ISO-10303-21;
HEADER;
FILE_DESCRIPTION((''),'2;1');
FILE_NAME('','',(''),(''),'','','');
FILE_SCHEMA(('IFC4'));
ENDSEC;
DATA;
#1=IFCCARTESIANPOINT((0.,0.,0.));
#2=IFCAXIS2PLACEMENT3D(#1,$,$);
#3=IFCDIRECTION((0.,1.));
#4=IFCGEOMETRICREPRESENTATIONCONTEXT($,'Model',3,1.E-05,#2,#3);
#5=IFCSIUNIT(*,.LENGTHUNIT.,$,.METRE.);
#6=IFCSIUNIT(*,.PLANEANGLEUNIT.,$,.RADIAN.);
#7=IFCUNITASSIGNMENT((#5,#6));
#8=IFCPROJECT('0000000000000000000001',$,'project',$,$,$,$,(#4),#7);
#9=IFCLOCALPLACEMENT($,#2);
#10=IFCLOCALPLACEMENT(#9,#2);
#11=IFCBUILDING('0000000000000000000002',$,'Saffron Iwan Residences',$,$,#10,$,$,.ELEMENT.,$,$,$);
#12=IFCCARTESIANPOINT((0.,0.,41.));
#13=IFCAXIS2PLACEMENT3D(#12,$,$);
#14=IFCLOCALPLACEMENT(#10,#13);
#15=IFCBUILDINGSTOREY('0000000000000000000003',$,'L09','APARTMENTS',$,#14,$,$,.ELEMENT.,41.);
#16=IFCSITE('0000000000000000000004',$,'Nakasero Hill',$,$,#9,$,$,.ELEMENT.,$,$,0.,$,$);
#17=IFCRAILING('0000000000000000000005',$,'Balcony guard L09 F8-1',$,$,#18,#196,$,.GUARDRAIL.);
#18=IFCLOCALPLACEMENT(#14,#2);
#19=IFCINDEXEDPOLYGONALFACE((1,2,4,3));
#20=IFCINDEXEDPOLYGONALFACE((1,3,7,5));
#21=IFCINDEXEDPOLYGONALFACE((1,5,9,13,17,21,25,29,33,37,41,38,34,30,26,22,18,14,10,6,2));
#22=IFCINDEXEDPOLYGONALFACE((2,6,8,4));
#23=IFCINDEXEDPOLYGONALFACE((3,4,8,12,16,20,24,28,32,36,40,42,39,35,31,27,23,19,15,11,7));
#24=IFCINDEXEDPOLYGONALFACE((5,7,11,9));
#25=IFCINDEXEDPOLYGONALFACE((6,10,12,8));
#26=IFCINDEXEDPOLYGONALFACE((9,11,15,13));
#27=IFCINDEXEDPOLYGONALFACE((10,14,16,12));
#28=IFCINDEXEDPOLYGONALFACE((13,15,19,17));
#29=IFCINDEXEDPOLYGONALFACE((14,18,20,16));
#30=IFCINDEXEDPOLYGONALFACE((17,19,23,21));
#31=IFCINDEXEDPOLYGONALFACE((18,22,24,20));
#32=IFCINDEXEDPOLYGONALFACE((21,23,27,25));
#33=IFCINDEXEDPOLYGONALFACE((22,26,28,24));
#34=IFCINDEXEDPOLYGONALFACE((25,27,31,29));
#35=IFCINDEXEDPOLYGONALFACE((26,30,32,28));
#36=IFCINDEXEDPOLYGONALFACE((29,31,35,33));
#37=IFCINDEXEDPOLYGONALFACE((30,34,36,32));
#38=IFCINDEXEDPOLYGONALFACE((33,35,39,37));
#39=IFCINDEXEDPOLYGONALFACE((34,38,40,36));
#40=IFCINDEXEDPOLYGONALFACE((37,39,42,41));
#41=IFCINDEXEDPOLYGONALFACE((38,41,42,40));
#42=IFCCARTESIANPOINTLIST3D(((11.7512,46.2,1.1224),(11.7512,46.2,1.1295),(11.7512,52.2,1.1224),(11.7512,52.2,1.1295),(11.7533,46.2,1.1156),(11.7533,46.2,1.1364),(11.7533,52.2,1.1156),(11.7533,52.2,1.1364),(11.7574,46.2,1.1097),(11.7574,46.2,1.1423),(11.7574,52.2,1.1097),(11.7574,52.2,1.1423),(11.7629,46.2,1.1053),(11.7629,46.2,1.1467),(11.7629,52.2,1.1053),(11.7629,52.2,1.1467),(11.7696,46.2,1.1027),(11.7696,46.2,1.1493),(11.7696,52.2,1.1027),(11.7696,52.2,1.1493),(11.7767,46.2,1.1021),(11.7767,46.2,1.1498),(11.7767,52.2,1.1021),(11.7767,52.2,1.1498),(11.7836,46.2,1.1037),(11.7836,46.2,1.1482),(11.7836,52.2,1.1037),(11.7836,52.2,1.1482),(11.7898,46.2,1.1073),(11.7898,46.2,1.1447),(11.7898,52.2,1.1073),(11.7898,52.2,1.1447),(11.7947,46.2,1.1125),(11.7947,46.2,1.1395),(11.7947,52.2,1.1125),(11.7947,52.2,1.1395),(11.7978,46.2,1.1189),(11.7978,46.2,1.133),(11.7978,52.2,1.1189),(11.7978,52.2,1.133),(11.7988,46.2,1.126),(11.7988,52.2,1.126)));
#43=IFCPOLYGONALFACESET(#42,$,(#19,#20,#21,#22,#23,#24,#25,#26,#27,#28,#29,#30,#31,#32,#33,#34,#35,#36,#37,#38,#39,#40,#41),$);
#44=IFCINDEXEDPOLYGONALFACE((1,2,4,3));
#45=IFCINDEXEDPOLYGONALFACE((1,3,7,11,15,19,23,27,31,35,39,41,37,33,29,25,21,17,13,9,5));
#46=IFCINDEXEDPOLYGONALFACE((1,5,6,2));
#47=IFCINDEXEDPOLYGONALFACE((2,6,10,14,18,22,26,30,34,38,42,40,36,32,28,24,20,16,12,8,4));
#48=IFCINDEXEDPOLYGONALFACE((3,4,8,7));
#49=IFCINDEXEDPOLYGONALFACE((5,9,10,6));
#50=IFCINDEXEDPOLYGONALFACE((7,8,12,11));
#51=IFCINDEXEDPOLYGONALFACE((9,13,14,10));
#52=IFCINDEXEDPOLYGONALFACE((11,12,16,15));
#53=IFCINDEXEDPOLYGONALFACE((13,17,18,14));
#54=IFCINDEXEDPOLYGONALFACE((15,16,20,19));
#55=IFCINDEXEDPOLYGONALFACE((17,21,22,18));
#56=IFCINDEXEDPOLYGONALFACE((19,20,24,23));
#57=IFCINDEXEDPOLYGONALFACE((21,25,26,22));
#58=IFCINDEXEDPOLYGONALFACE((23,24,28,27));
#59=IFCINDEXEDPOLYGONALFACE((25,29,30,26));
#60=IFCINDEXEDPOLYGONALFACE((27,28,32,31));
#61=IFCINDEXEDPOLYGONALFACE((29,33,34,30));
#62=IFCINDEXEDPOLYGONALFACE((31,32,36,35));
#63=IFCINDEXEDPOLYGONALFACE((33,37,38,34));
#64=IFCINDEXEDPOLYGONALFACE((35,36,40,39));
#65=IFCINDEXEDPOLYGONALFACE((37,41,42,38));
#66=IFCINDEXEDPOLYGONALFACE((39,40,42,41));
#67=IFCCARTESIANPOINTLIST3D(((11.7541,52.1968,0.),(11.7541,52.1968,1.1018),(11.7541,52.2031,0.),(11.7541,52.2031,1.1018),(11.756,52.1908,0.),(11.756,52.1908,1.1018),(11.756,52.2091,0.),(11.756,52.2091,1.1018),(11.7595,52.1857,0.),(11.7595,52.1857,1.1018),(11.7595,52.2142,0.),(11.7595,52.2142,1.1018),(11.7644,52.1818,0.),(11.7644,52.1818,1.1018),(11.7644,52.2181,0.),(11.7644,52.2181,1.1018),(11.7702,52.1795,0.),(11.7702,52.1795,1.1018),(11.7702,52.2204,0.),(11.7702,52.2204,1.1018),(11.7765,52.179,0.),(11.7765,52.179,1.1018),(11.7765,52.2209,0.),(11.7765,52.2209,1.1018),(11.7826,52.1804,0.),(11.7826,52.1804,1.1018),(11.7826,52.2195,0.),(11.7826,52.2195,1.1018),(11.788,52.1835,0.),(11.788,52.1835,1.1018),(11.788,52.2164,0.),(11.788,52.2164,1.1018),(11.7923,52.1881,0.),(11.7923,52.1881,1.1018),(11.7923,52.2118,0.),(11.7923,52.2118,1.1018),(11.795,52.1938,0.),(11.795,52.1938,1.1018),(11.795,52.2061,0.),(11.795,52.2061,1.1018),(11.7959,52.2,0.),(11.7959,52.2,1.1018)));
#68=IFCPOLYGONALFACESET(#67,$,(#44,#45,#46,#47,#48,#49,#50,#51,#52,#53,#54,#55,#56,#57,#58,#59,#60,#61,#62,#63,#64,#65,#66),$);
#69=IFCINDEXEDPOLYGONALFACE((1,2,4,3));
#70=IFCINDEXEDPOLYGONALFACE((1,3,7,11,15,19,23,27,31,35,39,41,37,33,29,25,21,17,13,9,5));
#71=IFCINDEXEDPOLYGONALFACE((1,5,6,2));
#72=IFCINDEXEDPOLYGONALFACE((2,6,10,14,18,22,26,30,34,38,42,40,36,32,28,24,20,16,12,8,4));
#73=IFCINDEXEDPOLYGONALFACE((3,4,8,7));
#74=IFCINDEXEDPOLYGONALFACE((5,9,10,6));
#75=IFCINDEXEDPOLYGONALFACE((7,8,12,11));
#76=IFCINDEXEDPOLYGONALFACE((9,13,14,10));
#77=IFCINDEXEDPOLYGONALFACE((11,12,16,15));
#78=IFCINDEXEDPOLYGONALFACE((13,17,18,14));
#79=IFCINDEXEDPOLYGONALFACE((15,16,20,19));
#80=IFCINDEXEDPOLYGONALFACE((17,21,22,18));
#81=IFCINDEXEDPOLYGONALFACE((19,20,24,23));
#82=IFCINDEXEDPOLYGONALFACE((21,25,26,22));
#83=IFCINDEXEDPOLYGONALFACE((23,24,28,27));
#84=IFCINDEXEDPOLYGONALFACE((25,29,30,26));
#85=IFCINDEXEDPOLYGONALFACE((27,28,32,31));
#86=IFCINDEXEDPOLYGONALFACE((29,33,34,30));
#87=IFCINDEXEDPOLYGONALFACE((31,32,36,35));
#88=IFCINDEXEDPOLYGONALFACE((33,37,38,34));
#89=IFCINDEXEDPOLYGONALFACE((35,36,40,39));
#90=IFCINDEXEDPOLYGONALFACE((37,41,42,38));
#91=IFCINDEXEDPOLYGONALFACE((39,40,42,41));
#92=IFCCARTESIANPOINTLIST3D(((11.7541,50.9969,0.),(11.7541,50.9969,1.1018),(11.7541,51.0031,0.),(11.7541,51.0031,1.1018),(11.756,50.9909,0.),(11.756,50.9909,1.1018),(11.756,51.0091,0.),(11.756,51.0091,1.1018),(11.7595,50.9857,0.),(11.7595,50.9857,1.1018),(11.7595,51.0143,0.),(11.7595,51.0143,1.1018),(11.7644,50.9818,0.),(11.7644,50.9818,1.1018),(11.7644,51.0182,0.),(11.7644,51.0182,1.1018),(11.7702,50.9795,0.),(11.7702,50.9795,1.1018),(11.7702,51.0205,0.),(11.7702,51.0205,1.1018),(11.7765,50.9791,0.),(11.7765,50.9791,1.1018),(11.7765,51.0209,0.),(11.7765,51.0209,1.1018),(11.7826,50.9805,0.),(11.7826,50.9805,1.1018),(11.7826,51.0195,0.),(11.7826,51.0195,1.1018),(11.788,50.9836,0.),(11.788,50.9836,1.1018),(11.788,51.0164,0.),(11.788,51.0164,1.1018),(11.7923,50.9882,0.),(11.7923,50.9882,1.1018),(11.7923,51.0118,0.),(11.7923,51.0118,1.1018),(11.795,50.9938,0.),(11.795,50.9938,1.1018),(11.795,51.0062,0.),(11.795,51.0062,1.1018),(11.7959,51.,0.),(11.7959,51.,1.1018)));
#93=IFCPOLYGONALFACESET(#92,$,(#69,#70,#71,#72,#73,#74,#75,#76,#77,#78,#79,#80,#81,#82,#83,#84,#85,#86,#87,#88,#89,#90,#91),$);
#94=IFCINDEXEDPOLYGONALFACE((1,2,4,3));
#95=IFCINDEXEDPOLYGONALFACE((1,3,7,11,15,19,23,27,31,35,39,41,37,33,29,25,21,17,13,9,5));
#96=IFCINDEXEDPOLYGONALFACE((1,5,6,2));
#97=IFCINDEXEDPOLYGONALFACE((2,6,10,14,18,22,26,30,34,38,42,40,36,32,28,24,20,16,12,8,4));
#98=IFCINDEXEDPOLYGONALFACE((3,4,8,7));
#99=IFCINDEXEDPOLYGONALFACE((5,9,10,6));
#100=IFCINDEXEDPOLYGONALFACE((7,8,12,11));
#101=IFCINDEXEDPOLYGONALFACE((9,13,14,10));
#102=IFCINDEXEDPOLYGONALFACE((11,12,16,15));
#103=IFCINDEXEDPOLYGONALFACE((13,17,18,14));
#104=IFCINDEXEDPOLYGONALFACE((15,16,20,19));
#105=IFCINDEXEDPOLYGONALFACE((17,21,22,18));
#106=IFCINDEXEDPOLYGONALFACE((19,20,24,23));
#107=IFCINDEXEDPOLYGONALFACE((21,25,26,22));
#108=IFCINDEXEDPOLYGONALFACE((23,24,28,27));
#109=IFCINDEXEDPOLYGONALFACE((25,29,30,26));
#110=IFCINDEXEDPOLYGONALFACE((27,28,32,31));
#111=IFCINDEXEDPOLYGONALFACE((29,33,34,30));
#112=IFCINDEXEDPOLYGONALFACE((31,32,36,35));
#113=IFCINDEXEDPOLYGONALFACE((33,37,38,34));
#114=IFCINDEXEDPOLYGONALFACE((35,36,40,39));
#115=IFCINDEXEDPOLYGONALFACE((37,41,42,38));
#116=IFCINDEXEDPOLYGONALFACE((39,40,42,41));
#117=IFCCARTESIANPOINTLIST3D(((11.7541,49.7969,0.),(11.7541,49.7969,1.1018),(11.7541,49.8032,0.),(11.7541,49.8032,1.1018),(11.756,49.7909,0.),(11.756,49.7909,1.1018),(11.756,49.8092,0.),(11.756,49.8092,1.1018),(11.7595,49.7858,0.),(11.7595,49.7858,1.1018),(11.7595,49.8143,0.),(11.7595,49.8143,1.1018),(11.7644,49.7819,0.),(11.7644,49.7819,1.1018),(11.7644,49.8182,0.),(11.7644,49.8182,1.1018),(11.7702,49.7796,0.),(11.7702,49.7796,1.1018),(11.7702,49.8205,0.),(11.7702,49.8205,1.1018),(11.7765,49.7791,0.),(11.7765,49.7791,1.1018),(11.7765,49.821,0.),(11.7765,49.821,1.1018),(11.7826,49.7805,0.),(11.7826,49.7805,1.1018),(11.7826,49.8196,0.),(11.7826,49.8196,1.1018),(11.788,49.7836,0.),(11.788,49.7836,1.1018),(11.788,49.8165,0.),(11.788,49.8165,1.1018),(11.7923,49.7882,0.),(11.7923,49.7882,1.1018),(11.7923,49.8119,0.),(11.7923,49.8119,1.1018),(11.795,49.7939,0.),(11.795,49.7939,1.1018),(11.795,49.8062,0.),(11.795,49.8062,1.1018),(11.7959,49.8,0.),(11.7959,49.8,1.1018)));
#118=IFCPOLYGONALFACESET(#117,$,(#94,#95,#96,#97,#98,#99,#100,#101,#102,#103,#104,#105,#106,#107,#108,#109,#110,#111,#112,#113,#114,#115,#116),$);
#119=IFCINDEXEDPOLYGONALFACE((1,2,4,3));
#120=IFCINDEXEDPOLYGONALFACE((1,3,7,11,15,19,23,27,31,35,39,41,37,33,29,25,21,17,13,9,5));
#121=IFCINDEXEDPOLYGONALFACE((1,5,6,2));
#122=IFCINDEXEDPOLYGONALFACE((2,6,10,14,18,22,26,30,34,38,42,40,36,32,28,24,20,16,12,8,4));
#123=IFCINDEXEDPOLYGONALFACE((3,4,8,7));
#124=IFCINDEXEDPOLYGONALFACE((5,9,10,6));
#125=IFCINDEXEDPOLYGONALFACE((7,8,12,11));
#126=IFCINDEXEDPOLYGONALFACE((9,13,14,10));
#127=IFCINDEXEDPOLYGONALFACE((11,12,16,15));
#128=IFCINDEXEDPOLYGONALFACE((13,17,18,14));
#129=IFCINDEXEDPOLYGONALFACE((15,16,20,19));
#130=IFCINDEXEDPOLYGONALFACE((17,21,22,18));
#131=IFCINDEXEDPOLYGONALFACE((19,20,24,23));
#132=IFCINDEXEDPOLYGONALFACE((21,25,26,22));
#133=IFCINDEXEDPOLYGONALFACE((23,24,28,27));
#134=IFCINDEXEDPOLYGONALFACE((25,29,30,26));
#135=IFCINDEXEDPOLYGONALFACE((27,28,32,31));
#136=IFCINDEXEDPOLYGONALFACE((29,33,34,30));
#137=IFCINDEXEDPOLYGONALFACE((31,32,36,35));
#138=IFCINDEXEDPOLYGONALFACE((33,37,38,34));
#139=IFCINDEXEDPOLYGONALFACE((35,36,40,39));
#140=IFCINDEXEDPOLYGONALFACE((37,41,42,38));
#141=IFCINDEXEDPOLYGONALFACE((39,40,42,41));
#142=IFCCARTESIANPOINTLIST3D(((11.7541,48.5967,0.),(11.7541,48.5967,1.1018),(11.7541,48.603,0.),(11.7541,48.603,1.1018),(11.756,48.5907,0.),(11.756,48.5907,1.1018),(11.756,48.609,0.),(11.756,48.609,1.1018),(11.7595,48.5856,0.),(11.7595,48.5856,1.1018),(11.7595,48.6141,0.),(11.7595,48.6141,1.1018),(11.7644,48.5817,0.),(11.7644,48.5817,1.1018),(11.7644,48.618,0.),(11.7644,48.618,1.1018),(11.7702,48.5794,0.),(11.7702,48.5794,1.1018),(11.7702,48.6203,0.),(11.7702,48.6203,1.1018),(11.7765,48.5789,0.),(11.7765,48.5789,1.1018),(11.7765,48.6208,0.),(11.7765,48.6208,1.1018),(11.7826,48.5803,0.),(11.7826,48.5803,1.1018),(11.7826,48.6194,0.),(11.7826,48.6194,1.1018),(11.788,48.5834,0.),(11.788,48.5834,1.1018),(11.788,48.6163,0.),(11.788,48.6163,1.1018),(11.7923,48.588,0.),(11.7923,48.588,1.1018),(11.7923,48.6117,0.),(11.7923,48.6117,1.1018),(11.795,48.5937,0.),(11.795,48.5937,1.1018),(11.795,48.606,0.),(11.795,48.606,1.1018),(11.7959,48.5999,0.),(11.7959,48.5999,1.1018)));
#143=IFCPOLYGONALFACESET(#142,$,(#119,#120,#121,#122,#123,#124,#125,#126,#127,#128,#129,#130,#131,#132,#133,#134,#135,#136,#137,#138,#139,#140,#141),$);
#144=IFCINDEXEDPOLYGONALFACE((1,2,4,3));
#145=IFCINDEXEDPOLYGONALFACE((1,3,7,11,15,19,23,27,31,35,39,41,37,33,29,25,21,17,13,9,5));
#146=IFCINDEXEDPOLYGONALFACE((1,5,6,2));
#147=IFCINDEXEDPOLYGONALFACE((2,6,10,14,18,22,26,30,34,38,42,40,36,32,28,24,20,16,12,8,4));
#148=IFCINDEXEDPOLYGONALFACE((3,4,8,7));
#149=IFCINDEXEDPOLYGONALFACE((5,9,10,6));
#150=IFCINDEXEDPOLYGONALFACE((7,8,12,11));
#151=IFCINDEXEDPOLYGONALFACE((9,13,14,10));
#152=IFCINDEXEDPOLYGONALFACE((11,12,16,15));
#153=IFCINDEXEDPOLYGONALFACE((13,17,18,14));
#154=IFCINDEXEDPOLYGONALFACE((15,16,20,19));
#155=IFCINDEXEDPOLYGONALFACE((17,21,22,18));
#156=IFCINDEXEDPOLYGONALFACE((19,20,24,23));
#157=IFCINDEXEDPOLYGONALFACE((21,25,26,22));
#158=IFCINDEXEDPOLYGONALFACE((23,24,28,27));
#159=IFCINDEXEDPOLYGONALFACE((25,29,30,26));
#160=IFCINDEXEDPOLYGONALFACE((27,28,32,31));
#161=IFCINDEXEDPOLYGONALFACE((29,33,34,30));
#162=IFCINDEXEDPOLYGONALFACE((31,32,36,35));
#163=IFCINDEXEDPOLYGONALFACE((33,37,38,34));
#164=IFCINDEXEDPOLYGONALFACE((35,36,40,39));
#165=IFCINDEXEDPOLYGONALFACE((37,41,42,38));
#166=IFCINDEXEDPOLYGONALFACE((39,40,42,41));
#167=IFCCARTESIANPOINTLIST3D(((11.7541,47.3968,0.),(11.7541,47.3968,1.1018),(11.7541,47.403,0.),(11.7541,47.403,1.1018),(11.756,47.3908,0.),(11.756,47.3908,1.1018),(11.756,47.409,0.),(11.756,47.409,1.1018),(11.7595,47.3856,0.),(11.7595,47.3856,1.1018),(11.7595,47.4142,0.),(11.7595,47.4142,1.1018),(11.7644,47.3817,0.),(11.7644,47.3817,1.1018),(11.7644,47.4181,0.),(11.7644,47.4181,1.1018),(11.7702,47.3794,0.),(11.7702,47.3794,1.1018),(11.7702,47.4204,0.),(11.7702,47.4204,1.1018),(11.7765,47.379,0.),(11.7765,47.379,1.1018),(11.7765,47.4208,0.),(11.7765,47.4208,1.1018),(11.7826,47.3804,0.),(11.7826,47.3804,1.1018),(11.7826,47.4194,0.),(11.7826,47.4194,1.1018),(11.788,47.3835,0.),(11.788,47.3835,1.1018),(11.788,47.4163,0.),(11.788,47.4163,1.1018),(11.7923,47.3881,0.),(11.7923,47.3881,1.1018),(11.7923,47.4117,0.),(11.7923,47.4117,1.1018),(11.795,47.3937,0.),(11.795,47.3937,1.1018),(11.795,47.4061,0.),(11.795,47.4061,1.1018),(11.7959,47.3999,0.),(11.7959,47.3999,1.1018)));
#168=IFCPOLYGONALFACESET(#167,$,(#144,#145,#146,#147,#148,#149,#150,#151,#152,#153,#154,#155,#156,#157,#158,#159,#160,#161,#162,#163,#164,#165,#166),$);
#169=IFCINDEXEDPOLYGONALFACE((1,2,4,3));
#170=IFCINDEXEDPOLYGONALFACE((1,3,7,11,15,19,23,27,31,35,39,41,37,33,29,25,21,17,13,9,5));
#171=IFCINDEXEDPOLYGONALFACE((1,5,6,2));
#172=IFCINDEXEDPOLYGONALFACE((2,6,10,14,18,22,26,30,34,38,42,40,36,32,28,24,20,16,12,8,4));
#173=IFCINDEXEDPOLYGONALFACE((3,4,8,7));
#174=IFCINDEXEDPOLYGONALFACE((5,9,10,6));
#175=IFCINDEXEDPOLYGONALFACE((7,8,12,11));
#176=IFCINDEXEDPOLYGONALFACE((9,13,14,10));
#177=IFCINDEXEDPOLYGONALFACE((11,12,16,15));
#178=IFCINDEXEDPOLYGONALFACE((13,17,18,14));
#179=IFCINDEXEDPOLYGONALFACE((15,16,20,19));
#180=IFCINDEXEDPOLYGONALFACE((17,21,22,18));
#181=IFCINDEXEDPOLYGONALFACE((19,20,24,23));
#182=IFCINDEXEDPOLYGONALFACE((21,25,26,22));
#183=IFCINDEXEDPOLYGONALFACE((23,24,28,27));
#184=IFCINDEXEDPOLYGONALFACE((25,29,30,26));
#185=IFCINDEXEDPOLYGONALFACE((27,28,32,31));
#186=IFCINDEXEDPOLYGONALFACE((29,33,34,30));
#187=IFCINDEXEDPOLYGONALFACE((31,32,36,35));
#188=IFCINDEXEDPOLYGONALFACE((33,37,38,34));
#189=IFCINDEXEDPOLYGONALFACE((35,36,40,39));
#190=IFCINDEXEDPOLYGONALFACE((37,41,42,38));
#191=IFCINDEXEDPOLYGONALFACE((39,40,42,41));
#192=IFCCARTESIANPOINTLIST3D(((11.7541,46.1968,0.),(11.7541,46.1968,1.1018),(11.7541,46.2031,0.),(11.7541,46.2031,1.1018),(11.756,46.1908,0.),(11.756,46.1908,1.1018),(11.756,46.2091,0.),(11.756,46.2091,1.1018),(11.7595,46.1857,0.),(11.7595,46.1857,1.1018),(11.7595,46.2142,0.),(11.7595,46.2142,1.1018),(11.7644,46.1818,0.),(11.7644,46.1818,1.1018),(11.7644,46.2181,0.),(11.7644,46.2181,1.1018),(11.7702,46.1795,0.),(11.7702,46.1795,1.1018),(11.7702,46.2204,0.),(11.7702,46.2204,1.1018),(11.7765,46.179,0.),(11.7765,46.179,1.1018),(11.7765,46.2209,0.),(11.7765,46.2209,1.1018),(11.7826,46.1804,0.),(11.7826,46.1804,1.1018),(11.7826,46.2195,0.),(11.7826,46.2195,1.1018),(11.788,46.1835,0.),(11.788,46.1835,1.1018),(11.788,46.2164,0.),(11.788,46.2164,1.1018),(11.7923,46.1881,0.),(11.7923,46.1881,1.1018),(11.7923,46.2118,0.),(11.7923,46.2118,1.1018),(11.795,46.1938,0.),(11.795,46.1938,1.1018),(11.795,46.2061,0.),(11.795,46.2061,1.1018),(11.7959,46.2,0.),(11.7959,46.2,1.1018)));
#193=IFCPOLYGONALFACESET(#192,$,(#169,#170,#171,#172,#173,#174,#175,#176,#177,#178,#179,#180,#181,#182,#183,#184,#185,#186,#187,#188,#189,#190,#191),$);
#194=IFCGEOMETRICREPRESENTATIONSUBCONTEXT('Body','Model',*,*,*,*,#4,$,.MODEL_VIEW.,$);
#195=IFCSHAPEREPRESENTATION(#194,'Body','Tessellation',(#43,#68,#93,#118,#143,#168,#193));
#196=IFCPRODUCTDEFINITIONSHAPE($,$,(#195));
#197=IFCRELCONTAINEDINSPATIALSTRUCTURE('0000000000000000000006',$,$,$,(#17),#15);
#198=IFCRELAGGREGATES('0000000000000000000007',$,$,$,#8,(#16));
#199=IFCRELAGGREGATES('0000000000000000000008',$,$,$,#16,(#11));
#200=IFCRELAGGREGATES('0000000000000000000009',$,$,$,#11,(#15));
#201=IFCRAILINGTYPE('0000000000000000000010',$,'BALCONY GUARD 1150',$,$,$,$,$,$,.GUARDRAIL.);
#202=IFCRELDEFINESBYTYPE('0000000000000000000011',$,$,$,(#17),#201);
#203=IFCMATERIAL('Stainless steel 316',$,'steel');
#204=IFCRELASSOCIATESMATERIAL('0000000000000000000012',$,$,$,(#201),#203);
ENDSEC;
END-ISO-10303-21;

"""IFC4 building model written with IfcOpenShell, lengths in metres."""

from ifc_helpers import new_model, si_unit, direction, frame, origin, origin_2d, place, context, subcontext, project, spatial, circle, extrude, material, type_object, element, save


model = new_model("IFC4")

# Units and contexts
model_context = context("Model", 3, precision=1e-05, world=origin(), true_north=direction((0.0, 1.0)))
body_context = subcontext(model_context, "Body", "Model", "MODEL_VIEW")
ifc_project = project(units=[si_unit("LENGTHUNIT", "METRE"), si_unit("PLANEANGLEUNIT", "RADIAN")], contexts=[model_context])

# Site, building, storey
site_placement = place(None, origin())
site = spatial("IfcSite", under=ifc_project, at=site_placement, Name="Nakasero Hill", CompositionType="ELEMENT", RefElevation=0.0)
building_placement = place(site_placement, origin())
building = spatial("IfcBuilding", under=site, at=building_placement, Name="Saffron Iwan Residences", CompositionType="ELEMENT")
storey_placement = place(building_placement, frame((0.0, 0.0, 41.0)))
storey = spatial("IfcBuildingStorey", under=building, at=storey_placement, Name="L09", Description="APARTMENTS", CompositionType="ELEMENT", Elevation=41.0)

# Railing
ifc_material_1 = material(Name="Stainless steel 316", Category="steel")
railing_type = type_object("IfcRailingType", Name="BALCONY GUARD 1150", PredefinedType="GUARDRAIL", material=ifc_material_1)
railing_placement = place(storey_placement, frame((11.7749, 52.2, 0.0)))
element("IfcRailing", 1, at=railing_placement, inside=storey, type_object=railing_type, Name="Balcony guard L09 F8-1", PredefinedType="GUARDRAIL", context=body_context, shape_type="SweptSolid", body=[
    extrude(circle(Radius=0.0239, at=origin_2d()), frame((0.0, 0.0, 1.126), z_axis=(0.0, -1.0, 0.0), x_axis=(1.0, 0.0, 0.0)), (0.0, 0.0, 1.0), 6.0),
    extrude(circle(Radius=0.021, at=origin_2d()), origin(), (0.0, 0.0, 1.0), 1.1018),
    extrude(circle(Radius=0.021, at=origin_2d()), frame((0.0, -1.2, 0.0)), (0.0, 0.0, 1.0), 1.1018),
    extrude(circle(Radius=0.021, at=origin_2d()), frame((0.0, -2.3999, 0.0)), (0.0, 0.0, 1.0), 1.1018),
    extrude(circle(Radius=0.021, at=origin_2d()), frame((0.0, -3.6001, 0.0)), (0.0, 0.0, 1.0), 1.1018),
    extrude(circle(Radius=0.021, at=origin_2d()), frame((0.0, -4.8, 0.0)), (0.0, 0.0, 1.0), 1.1018),
    extrude(circle(Radius=0.021, at=origin_2d()), frame((0.0, -6.0, 0.0)), (0.0, 0.0, 1.0), 1.1018),
])

save(model, "model.ifc")
